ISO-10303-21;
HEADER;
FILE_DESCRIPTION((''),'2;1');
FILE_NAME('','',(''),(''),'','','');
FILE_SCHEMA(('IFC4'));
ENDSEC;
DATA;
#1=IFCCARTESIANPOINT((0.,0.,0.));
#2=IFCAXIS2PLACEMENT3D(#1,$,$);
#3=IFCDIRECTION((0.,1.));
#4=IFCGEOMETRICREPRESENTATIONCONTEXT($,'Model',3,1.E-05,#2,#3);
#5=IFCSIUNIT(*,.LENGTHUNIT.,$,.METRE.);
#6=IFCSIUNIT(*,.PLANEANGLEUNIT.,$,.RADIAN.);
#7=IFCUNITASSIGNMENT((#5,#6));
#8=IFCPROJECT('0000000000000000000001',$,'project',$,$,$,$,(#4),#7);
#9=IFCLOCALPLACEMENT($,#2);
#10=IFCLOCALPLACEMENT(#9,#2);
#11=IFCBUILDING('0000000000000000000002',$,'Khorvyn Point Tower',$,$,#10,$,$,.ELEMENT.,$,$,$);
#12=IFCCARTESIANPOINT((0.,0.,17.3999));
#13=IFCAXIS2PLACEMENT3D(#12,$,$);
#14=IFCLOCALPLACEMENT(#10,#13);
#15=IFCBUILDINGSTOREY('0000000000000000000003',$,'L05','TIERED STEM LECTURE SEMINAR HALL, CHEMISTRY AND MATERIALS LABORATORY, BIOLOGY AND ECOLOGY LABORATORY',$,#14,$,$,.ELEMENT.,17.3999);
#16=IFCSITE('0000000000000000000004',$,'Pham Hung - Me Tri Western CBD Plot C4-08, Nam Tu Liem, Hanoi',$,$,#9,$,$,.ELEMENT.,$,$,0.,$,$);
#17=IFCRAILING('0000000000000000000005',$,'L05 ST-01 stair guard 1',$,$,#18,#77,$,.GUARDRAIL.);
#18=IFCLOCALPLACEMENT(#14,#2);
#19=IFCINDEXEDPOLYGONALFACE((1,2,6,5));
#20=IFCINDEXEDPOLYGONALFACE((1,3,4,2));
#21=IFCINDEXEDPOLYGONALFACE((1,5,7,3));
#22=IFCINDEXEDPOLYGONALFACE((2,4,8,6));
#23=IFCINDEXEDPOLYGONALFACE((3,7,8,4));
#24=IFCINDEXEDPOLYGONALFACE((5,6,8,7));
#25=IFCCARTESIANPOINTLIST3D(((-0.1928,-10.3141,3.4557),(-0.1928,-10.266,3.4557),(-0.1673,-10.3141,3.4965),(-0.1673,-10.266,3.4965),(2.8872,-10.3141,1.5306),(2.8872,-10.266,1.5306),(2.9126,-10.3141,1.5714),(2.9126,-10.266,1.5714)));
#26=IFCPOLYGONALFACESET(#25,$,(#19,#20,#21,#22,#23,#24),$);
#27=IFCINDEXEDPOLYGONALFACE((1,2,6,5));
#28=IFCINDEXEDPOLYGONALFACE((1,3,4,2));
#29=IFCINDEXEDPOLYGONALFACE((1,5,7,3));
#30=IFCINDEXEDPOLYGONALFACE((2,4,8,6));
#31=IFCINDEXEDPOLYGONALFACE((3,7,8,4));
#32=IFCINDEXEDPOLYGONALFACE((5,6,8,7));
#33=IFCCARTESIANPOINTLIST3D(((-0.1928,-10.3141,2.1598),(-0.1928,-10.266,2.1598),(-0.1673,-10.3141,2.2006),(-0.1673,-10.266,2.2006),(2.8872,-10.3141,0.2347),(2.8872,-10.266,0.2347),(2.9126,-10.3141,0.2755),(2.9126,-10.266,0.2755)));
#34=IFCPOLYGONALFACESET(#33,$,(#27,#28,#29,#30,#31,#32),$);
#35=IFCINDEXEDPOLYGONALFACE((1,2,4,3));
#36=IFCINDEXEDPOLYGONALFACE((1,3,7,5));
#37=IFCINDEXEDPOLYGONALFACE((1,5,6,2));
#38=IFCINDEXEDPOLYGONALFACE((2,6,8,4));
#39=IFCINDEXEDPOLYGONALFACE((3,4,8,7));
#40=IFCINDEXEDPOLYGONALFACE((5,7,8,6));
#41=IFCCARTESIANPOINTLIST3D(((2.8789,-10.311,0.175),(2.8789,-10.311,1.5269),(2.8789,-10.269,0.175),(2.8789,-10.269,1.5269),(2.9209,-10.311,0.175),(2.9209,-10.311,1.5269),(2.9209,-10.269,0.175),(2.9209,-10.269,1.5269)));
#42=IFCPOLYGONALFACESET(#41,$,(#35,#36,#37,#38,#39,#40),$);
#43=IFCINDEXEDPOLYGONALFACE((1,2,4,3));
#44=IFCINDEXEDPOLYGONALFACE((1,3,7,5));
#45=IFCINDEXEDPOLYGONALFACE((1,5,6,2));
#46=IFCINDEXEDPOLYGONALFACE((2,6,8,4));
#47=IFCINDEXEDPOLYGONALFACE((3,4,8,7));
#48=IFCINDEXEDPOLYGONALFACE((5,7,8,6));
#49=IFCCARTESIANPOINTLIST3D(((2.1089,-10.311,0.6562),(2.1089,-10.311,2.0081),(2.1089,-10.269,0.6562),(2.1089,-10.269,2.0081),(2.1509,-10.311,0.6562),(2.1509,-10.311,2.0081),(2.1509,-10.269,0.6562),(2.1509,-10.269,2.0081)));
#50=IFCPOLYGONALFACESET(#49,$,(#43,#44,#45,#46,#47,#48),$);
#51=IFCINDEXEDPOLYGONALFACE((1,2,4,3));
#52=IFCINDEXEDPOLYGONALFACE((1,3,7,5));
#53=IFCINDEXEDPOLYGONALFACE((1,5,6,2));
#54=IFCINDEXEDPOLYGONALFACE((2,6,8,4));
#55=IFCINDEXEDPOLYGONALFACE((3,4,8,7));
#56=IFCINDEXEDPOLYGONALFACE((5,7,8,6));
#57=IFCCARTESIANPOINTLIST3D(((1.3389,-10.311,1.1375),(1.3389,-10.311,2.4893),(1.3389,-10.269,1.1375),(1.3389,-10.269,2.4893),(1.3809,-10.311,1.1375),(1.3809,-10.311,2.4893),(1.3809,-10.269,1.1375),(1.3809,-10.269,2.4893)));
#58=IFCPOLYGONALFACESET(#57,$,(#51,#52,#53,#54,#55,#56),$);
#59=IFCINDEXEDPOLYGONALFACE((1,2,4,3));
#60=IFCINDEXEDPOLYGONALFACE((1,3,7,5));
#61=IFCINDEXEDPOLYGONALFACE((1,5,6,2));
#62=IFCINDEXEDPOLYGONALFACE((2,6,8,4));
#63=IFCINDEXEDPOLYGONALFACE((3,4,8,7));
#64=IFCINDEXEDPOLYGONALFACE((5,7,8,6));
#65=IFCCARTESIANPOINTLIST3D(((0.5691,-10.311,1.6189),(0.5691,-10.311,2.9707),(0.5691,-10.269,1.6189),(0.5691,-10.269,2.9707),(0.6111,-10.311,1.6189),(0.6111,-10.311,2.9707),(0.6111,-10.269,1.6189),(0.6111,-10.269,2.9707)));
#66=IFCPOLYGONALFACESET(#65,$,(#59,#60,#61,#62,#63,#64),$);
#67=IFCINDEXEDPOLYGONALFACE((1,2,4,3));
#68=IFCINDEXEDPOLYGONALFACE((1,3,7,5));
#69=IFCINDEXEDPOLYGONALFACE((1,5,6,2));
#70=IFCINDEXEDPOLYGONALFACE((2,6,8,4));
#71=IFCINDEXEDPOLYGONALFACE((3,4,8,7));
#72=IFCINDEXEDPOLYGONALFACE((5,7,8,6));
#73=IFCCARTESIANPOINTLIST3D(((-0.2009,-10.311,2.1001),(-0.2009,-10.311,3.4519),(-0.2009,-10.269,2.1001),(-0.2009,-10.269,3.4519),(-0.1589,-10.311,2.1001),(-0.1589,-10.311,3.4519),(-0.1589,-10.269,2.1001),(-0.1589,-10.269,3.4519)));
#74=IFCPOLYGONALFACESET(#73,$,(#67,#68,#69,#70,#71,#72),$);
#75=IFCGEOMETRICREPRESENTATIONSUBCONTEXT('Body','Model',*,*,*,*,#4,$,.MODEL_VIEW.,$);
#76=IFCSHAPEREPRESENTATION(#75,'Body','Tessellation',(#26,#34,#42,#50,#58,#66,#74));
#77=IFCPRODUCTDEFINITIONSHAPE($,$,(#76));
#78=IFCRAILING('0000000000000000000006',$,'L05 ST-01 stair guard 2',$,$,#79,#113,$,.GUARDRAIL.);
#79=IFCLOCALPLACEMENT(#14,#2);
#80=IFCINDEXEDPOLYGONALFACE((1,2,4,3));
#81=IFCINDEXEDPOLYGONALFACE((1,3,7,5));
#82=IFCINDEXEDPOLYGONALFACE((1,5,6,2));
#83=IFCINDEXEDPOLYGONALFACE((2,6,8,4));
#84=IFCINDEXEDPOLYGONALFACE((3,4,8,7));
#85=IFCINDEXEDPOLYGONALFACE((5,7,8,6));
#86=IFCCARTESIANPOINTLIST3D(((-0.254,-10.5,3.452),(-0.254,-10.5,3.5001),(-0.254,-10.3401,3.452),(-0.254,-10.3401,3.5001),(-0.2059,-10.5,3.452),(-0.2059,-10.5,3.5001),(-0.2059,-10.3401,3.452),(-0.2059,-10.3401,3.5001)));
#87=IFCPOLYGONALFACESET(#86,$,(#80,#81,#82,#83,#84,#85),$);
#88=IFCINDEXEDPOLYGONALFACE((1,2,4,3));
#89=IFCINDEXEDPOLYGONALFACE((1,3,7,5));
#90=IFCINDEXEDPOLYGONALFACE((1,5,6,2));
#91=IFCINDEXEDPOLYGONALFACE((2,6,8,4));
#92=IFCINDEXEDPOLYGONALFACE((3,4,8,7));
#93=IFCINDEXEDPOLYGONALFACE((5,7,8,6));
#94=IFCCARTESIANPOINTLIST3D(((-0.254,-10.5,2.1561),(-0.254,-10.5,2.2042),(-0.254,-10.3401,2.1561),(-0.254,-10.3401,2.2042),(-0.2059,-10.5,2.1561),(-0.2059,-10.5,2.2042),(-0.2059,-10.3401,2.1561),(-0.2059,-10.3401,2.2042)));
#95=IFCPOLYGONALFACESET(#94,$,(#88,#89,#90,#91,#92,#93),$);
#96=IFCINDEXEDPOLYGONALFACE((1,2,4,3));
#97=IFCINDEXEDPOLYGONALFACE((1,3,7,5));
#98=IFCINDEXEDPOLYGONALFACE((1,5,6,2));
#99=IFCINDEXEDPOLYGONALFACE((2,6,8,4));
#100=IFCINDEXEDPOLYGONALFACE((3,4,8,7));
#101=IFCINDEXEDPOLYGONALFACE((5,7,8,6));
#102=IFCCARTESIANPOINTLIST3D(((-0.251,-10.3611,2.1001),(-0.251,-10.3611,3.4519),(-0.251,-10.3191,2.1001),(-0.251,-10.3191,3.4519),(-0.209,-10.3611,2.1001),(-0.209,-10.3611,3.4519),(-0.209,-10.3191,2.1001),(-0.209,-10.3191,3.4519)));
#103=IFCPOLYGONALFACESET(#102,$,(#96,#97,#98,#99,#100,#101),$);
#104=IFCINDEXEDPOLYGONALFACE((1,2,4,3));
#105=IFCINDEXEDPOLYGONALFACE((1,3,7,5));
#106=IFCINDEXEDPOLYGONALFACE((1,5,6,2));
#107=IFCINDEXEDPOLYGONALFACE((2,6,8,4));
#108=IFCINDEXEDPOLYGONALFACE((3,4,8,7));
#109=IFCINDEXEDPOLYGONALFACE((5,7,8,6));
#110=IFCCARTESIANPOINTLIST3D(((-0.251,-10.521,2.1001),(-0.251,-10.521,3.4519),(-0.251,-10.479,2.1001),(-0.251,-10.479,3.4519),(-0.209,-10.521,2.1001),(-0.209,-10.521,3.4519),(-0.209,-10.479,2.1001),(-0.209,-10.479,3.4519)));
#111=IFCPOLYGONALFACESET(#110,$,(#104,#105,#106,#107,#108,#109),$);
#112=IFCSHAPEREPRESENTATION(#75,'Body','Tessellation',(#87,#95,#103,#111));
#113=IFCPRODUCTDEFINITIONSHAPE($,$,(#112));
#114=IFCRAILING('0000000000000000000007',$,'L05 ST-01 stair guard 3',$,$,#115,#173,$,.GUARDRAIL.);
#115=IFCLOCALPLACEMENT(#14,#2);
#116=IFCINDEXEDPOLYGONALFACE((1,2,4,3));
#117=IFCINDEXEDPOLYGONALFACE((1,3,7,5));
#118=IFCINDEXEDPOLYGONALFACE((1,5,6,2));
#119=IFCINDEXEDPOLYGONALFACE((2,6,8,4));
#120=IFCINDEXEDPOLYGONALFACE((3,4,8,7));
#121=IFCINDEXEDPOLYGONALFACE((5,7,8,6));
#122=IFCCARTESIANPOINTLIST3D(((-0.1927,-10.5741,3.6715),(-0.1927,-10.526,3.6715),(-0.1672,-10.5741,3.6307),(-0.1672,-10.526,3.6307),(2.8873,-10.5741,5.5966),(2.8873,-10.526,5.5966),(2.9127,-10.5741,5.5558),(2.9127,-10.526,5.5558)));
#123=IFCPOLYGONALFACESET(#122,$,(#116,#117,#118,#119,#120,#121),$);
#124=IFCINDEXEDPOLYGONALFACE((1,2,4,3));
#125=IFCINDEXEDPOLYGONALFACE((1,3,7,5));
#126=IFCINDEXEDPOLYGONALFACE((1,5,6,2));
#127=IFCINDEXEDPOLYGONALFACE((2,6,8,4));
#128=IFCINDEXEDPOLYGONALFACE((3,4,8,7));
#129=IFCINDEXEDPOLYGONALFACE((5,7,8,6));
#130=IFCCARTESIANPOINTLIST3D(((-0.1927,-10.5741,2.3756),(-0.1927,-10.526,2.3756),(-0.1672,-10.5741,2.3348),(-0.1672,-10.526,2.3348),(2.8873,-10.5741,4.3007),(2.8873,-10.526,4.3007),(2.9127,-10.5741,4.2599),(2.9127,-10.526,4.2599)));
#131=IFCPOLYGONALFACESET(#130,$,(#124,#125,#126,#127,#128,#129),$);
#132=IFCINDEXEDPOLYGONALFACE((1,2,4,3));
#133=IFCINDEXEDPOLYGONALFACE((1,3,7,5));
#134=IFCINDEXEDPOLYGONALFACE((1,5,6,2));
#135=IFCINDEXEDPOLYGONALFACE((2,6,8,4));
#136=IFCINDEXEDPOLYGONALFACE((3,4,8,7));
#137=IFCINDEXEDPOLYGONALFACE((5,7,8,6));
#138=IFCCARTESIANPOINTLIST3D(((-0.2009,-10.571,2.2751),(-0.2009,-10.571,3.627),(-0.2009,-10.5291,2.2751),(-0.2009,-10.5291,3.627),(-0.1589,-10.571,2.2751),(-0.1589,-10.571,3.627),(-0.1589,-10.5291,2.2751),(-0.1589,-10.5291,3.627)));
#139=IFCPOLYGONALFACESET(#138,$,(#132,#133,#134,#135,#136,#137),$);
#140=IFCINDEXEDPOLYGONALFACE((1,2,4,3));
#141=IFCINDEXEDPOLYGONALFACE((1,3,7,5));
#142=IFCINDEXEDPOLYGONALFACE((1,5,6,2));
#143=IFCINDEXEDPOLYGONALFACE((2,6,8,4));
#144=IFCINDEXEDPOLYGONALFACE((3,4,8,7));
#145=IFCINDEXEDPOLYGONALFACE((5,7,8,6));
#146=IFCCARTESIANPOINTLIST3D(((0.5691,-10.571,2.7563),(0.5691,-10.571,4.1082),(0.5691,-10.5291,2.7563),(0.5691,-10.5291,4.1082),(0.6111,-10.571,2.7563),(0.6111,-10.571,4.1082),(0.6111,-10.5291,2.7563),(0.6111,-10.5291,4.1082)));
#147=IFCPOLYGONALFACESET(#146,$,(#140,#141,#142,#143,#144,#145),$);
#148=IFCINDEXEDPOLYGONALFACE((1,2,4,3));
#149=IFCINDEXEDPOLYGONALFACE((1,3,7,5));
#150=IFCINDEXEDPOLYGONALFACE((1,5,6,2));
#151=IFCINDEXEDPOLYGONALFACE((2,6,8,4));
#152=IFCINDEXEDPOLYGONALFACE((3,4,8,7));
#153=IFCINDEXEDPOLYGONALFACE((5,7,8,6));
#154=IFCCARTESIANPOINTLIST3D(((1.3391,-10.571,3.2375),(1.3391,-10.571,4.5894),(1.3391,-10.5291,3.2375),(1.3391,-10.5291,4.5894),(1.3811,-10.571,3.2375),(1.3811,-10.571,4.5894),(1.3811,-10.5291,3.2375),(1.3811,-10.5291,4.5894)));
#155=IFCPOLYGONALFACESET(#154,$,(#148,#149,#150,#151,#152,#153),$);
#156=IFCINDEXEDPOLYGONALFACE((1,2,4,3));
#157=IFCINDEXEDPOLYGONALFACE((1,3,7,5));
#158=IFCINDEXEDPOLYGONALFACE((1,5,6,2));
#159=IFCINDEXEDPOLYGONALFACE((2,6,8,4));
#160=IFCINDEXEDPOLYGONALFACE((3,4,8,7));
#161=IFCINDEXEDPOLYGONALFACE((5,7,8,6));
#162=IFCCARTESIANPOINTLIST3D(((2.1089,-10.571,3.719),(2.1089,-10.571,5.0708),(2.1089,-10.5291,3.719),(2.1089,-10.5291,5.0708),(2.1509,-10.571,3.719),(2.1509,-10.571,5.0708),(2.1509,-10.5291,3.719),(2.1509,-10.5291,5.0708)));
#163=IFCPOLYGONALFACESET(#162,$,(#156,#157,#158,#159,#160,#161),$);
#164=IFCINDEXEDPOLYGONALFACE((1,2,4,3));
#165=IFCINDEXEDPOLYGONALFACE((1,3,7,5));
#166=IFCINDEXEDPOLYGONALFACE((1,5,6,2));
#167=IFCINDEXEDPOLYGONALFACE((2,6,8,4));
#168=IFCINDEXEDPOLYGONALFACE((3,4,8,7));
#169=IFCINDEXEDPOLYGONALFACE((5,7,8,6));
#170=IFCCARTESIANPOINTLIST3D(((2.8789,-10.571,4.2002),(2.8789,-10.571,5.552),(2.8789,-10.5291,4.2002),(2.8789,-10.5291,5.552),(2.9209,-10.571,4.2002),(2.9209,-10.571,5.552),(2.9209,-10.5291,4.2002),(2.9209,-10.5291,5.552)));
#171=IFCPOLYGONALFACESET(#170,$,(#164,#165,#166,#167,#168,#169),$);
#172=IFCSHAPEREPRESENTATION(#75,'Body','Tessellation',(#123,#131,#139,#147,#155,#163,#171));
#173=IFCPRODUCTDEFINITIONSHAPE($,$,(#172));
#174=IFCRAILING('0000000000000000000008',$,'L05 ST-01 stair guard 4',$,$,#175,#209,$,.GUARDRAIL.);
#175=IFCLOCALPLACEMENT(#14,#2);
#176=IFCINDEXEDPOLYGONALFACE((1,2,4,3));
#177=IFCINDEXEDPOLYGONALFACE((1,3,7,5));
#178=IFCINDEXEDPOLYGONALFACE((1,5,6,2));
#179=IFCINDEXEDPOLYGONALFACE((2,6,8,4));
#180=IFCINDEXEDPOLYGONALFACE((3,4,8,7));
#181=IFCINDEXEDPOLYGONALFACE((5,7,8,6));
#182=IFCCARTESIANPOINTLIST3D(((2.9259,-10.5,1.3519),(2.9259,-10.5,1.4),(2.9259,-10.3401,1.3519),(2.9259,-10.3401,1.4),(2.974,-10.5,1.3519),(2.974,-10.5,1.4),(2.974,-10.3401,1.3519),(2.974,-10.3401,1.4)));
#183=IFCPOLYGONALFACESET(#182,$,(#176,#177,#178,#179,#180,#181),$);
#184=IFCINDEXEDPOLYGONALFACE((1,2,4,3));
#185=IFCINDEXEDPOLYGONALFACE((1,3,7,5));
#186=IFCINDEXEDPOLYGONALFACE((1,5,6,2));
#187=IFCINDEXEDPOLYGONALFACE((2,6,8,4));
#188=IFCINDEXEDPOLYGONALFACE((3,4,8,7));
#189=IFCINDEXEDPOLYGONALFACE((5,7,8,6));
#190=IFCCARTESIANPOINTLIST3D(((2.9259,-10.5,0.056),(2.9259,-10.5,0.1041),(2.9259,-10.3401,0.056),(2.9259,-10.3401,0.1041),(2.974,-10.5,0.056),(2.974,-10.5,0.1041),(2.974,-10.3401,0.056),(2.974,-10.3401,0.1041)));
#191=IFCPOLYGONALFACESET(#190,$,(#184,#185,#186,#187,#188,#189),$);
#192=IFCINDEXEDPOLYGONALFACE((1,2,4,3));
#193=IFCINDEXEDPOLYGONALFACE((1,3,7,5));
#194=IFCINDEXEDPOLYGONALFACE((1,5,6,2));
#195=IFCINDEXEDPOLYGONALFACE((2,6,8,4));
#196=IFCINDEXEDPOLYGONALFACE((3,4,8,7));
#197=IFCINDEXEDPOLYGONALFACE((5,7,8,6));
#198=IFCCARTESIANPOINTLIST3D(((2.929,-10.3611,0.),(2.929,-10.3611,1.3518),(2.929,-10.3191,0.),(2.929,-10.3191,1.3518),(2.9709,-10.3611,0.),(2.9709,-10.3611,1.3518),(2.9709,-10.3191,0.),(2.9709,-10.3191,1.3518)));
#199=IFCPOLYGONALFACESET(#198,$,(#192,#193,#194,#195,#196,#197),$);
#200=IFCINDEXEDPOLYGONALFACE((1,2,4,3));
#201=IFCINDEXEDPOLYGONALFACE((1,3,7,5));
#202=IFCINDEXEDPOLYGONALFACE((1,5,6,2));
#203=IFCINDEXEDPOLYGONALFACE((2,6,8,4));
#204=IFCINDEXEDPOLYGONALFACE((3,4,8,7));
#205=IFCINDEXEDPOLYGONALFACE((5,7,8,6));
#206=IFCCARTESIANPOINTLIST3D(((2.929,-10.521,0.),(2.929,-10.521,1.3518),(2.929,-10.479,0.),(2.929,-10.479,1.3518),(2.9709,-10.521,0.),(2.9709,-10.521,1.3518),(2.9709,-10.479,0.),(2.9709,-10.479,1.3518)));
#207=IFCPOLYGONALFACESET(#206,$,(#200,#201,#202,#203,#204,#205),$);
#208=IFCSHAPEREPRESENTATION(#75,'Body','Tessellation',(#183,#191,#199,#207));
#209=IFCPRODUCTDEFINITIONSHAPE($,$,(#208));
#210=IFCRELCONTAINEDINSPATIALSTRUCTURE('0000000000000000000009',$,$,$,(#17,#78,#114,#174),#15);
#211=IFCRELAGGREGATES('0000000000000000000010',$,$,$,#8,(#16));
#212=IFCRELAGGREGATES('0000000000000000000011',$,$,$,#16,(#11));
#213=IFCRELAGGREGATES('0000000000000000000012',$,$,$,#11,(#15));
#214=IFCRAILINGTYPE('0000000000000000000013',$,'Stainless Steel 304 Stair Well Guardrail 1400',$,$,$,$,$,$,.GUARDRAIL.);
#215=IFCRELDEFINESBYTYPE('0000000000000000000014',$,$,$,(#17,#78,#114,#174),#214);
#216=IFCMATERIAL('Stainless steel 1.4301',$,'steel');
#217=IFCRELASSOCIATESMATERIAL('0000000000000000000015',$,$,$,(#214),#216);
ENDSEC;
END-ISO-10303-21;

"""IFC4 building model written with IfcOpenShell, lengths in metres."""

from ifc_helpers import new_model, si_unit, direction, frame, origin, origin_2d, place, context, subcontext, project, spatial, rectangle, extrude, material, type_object, element, save


model = new_model("IFC4")

# Units and contexts
model_context = context("Model", 3, precision=1e-05, world=origin(), true_north=direction((0.0, 1.0)))
body_context = subcontext(model_context, "Body", "Model", "MODEL_VIEW")
ifc_project = project(units=[si_unit("LENGTHUNIT", "METRE"), si_unit("PLANEANGLEUNIT", "RADIAN")], contexts=[model_context])

# Site, building, storey
site_placement = place(None, origin())
site = spatial("IfcSite", under=ifc_project, at=site_placement, Name="Pham Hung - Me Tri Western CBD Plot C4-08, Nam Tu Liem, Hanoi", CompositionType="ELEMENT", RefElevation=0.0)
building_placement = place(site_placement, origin())
building = spatial("IfcBuilding", under=site, at=building_placement, Name="Khorvyn Point Tower", CompositionType="ELEMENT")
storey_placement = place(building_placement, frame((0.0, 0.0, 17.3999)))
storey = spatial("IfcBuildingStorey", under=building, at=storey_placement, Name="L05", Description="TIERED STEM LECTURE SEMINAR HALL, CHEMISTRY AND MATERIALS LABORATORY, BIOLOGY AND ECOLOGY LABORATORY", CompositionType="ELEMENT", Elevation=17.3999)

# Railings
ifc_material_1 = material(Name="Stainless steel 1.4301", Category="steel")
railing_type_1 = type_object("IfcRailingType", Name="Stainless Steel 304 Stair Well Guardrail 1400", PredefinedType="GUARDRAIL", material=ifc_material_1)
railing_1_placement = place(storey_placement, frame((2.8999, -10.29, 0.175)))
element("IfcRailing", 1, at=railing_1_placement, inside=storey, type_object=railing_type_1, Name="L05 ST-01 stair guard 1", PredefinedType="GUARDRAIL", context=body_context, shape_type="SweptSolid", body=[
    extrude(rectangle(XDim=0.0481, YDim=0.0481, at=origin_2d()), frame((0.0, 0.0, 1.376), z_axis=(-0.847979, 0.0, 0.530029), x_axis=(0.0, -1.0, 0.0)), (0.0, 0.0, 1.0), 3.6321),
    extrude(rectangle(XDim=0.0481, YDim=0.0481, at=origin_2d()), frame((0.0, 0.0, 0.0801), z_axis=(-0.847979, 0.0, 0.530029), x_axis=(0.0, -1.0, 0.0)), (0.0, 0.0, 1.0), 3.6321),
    extrude(rectangle(XDim=0.042, YDim=0.042, at=origin_2d()), origin(), (0.0, 0.0, 1.0), 1.3518),
    extrude(rectangle(XDim=0.042, YDim=0.042, at=origin_2d()), frame((-0.77, 0.0, 0.4812)), (0.0, 0.0, 1.0), 1.3518),
    extrude(rectangle(XDim=0.042, YDim=0.042, at=origin_2d()), frame((-1.54, 0.0, 0.9624)), (0.0, 0.0, 1.0), 1.3518),
    extrude(rectangle(XDim=0.042, YDim=0.042, at=origin_2d()), frame((-2.3098, 0.0, 1.4438)), (0.0, 0.0, 1.0), 1.3518),
    extrude(rectangle(XDim=0.042, YDim=0.042, at=origin_2d()), frame((-3.0798, 0.0, 1.925)), (0.0, 0.0, 1.0), 1.3518),
])
railing_2_placement = place(storey_placement, frame((-0.23, -10.3401, 2.1001)))
element("IfcRailing", 2, at=railing_2_placement, inside=storey, type_object=railing_type_1, Name="L05 ST-01 stair guard 2", PredefinedType="GUARDRAIL", context=body_context, shape_type="SweptSolid", body=[
    extrude(rectangle(XDim=0.0481, YDim=0.0481, at=origin_2d()), frame((0.0, 0.0, 1.376), z_axis=(0.0, -1.0, 0.0), x_axis=(1.0, 0.0, 0.0)), (0.0, 0.0, 1.0), 0.1599),
    extrude(rectangle(XDim=0.0481, YDim=0.0481, at=origin_2d()), frame((0.0, 0.0, 0.0801), z_axis=(0.0, -1.0, 0.0), x_axis=(1.0, 0.0, 0.0)), (0.0, 0.0, 1.0), 0.1599),
    extrude(rectangle(XDim=0.042, YDim=0.042, at=origin_2d()), origin(), (0.0, 0.0, 1.0), 1.3518),
    extrude(rectangle(XDim=0.042, YDim=0.042, at=origin_2d()), frame((0.0, -0.1599, 0.0)), (0.0, 0.0, 1.0), 1.3518),
])
railing_3_placement = place(storey_placement, frame((-0.1799, -10.55, 2.2751)))
element("IfcRailing", 3, at=railing_3_placement, inside=storey, type_object=railing_type_1, Name="L05 ST-01 stair guard 3", PredefinedType="GUARDRAIL", context=body_context, shape_type="SweptSolid", body=[
    extrude(rectangle(XDim=0.0481, YDim=0.0481, at=origin_2d()), frame((0.0, 0.0, 1.376), z_axis=(0.847979, 0.0, 0.530029), x_axis=(0.0, 1.0, 0.0)), (0.0, 0.0, 1.0), 3.6321),
    extrude(rectangle(XDim=0.0481, YDim=0.0481, at=origin_2d()), frame((0.0, 0.0, 0.0801), z_axis=(0.847979, 0.0, 0.530029), x_axis=(0.0, 1.0, 0.0)), (0.0, 0.0, 1.0), 3.6321),
    extrude(rectangle(XDim=0.042, YDim=0.042, at=origin_2d()), origin(), (0.0, 0.0, 1.0), 1.3518),
    extrude(rectangle(XDim=0.042, YDim=0.042, at=origin_2d()), frame((0.77, 0.0, 0.4812)), (0.0, 0.0, 1.0), 1.3518),
    extrude(rectangle(XDim=0.042, YDim=0.042, at=origin_2d()), frame((1.54, 0.0, 0.9624)), (0.0, 0.0, 1.0), 1.3518),
    extrude(rectangle(XDim=0.042, YDim=0.042, at=origin_2d()), frame((2.3098, 0.0, 1.4438)), (0.0, 0.0, 1.0), 1.3518),
    extrude(rectangle(XDim=0.042, YDim=0.042, at=origin_2d()), frame((3.0798, 0.0, 1.925)), (0.0, 0.0, 1.0), 1.3518),
])
railing_4_placement = place(storey_placement, frame((2.95, -10.3401, 0.0)))
element("IfcRailing", 4, at=railing_4_placement, inside=storey, type_object=railing_type_1, Name="L05 ST-01 stair guard 4", PredefinedType="GUARDRAIL", context=body_context, shape_type="SweptSolid", body=[
    extrude(rectangle(XDim=0.0481, YDim=0.0481, at=origin_2d()), frame((0.0, 0.0, 1.376), z_axis=(0.0, -1.0, 0.0), x_axis=(1.0, 0.0, 0.0)), (0.0, 0.0, 1.0), 0.1599),
    extrude(rectangle(XDim=0.0481, YDim=0.0481, at=origin_2d()), frame((0.0, 0.0, 0.0801), z_axis=(0.0, -1.0, 0.0), x_axis=(1.0, 0.0, 0.0)), (0.0, 0.0, 1.0), 0.1599),
    extrude(rectangle(XDim=0.042, YDim=0.042, at=origin_2d()), origin(), (0.0, 0.0, 1.0), 1.3518),
    extrude(rectangle(XDim=0.042, YDim=0.042, at=origin_2d()), frame((0.0, -0.1599, 0.0)), (0.0, 0.0, 1.0), 1.3518),
])

save(model, "model.ifc")
